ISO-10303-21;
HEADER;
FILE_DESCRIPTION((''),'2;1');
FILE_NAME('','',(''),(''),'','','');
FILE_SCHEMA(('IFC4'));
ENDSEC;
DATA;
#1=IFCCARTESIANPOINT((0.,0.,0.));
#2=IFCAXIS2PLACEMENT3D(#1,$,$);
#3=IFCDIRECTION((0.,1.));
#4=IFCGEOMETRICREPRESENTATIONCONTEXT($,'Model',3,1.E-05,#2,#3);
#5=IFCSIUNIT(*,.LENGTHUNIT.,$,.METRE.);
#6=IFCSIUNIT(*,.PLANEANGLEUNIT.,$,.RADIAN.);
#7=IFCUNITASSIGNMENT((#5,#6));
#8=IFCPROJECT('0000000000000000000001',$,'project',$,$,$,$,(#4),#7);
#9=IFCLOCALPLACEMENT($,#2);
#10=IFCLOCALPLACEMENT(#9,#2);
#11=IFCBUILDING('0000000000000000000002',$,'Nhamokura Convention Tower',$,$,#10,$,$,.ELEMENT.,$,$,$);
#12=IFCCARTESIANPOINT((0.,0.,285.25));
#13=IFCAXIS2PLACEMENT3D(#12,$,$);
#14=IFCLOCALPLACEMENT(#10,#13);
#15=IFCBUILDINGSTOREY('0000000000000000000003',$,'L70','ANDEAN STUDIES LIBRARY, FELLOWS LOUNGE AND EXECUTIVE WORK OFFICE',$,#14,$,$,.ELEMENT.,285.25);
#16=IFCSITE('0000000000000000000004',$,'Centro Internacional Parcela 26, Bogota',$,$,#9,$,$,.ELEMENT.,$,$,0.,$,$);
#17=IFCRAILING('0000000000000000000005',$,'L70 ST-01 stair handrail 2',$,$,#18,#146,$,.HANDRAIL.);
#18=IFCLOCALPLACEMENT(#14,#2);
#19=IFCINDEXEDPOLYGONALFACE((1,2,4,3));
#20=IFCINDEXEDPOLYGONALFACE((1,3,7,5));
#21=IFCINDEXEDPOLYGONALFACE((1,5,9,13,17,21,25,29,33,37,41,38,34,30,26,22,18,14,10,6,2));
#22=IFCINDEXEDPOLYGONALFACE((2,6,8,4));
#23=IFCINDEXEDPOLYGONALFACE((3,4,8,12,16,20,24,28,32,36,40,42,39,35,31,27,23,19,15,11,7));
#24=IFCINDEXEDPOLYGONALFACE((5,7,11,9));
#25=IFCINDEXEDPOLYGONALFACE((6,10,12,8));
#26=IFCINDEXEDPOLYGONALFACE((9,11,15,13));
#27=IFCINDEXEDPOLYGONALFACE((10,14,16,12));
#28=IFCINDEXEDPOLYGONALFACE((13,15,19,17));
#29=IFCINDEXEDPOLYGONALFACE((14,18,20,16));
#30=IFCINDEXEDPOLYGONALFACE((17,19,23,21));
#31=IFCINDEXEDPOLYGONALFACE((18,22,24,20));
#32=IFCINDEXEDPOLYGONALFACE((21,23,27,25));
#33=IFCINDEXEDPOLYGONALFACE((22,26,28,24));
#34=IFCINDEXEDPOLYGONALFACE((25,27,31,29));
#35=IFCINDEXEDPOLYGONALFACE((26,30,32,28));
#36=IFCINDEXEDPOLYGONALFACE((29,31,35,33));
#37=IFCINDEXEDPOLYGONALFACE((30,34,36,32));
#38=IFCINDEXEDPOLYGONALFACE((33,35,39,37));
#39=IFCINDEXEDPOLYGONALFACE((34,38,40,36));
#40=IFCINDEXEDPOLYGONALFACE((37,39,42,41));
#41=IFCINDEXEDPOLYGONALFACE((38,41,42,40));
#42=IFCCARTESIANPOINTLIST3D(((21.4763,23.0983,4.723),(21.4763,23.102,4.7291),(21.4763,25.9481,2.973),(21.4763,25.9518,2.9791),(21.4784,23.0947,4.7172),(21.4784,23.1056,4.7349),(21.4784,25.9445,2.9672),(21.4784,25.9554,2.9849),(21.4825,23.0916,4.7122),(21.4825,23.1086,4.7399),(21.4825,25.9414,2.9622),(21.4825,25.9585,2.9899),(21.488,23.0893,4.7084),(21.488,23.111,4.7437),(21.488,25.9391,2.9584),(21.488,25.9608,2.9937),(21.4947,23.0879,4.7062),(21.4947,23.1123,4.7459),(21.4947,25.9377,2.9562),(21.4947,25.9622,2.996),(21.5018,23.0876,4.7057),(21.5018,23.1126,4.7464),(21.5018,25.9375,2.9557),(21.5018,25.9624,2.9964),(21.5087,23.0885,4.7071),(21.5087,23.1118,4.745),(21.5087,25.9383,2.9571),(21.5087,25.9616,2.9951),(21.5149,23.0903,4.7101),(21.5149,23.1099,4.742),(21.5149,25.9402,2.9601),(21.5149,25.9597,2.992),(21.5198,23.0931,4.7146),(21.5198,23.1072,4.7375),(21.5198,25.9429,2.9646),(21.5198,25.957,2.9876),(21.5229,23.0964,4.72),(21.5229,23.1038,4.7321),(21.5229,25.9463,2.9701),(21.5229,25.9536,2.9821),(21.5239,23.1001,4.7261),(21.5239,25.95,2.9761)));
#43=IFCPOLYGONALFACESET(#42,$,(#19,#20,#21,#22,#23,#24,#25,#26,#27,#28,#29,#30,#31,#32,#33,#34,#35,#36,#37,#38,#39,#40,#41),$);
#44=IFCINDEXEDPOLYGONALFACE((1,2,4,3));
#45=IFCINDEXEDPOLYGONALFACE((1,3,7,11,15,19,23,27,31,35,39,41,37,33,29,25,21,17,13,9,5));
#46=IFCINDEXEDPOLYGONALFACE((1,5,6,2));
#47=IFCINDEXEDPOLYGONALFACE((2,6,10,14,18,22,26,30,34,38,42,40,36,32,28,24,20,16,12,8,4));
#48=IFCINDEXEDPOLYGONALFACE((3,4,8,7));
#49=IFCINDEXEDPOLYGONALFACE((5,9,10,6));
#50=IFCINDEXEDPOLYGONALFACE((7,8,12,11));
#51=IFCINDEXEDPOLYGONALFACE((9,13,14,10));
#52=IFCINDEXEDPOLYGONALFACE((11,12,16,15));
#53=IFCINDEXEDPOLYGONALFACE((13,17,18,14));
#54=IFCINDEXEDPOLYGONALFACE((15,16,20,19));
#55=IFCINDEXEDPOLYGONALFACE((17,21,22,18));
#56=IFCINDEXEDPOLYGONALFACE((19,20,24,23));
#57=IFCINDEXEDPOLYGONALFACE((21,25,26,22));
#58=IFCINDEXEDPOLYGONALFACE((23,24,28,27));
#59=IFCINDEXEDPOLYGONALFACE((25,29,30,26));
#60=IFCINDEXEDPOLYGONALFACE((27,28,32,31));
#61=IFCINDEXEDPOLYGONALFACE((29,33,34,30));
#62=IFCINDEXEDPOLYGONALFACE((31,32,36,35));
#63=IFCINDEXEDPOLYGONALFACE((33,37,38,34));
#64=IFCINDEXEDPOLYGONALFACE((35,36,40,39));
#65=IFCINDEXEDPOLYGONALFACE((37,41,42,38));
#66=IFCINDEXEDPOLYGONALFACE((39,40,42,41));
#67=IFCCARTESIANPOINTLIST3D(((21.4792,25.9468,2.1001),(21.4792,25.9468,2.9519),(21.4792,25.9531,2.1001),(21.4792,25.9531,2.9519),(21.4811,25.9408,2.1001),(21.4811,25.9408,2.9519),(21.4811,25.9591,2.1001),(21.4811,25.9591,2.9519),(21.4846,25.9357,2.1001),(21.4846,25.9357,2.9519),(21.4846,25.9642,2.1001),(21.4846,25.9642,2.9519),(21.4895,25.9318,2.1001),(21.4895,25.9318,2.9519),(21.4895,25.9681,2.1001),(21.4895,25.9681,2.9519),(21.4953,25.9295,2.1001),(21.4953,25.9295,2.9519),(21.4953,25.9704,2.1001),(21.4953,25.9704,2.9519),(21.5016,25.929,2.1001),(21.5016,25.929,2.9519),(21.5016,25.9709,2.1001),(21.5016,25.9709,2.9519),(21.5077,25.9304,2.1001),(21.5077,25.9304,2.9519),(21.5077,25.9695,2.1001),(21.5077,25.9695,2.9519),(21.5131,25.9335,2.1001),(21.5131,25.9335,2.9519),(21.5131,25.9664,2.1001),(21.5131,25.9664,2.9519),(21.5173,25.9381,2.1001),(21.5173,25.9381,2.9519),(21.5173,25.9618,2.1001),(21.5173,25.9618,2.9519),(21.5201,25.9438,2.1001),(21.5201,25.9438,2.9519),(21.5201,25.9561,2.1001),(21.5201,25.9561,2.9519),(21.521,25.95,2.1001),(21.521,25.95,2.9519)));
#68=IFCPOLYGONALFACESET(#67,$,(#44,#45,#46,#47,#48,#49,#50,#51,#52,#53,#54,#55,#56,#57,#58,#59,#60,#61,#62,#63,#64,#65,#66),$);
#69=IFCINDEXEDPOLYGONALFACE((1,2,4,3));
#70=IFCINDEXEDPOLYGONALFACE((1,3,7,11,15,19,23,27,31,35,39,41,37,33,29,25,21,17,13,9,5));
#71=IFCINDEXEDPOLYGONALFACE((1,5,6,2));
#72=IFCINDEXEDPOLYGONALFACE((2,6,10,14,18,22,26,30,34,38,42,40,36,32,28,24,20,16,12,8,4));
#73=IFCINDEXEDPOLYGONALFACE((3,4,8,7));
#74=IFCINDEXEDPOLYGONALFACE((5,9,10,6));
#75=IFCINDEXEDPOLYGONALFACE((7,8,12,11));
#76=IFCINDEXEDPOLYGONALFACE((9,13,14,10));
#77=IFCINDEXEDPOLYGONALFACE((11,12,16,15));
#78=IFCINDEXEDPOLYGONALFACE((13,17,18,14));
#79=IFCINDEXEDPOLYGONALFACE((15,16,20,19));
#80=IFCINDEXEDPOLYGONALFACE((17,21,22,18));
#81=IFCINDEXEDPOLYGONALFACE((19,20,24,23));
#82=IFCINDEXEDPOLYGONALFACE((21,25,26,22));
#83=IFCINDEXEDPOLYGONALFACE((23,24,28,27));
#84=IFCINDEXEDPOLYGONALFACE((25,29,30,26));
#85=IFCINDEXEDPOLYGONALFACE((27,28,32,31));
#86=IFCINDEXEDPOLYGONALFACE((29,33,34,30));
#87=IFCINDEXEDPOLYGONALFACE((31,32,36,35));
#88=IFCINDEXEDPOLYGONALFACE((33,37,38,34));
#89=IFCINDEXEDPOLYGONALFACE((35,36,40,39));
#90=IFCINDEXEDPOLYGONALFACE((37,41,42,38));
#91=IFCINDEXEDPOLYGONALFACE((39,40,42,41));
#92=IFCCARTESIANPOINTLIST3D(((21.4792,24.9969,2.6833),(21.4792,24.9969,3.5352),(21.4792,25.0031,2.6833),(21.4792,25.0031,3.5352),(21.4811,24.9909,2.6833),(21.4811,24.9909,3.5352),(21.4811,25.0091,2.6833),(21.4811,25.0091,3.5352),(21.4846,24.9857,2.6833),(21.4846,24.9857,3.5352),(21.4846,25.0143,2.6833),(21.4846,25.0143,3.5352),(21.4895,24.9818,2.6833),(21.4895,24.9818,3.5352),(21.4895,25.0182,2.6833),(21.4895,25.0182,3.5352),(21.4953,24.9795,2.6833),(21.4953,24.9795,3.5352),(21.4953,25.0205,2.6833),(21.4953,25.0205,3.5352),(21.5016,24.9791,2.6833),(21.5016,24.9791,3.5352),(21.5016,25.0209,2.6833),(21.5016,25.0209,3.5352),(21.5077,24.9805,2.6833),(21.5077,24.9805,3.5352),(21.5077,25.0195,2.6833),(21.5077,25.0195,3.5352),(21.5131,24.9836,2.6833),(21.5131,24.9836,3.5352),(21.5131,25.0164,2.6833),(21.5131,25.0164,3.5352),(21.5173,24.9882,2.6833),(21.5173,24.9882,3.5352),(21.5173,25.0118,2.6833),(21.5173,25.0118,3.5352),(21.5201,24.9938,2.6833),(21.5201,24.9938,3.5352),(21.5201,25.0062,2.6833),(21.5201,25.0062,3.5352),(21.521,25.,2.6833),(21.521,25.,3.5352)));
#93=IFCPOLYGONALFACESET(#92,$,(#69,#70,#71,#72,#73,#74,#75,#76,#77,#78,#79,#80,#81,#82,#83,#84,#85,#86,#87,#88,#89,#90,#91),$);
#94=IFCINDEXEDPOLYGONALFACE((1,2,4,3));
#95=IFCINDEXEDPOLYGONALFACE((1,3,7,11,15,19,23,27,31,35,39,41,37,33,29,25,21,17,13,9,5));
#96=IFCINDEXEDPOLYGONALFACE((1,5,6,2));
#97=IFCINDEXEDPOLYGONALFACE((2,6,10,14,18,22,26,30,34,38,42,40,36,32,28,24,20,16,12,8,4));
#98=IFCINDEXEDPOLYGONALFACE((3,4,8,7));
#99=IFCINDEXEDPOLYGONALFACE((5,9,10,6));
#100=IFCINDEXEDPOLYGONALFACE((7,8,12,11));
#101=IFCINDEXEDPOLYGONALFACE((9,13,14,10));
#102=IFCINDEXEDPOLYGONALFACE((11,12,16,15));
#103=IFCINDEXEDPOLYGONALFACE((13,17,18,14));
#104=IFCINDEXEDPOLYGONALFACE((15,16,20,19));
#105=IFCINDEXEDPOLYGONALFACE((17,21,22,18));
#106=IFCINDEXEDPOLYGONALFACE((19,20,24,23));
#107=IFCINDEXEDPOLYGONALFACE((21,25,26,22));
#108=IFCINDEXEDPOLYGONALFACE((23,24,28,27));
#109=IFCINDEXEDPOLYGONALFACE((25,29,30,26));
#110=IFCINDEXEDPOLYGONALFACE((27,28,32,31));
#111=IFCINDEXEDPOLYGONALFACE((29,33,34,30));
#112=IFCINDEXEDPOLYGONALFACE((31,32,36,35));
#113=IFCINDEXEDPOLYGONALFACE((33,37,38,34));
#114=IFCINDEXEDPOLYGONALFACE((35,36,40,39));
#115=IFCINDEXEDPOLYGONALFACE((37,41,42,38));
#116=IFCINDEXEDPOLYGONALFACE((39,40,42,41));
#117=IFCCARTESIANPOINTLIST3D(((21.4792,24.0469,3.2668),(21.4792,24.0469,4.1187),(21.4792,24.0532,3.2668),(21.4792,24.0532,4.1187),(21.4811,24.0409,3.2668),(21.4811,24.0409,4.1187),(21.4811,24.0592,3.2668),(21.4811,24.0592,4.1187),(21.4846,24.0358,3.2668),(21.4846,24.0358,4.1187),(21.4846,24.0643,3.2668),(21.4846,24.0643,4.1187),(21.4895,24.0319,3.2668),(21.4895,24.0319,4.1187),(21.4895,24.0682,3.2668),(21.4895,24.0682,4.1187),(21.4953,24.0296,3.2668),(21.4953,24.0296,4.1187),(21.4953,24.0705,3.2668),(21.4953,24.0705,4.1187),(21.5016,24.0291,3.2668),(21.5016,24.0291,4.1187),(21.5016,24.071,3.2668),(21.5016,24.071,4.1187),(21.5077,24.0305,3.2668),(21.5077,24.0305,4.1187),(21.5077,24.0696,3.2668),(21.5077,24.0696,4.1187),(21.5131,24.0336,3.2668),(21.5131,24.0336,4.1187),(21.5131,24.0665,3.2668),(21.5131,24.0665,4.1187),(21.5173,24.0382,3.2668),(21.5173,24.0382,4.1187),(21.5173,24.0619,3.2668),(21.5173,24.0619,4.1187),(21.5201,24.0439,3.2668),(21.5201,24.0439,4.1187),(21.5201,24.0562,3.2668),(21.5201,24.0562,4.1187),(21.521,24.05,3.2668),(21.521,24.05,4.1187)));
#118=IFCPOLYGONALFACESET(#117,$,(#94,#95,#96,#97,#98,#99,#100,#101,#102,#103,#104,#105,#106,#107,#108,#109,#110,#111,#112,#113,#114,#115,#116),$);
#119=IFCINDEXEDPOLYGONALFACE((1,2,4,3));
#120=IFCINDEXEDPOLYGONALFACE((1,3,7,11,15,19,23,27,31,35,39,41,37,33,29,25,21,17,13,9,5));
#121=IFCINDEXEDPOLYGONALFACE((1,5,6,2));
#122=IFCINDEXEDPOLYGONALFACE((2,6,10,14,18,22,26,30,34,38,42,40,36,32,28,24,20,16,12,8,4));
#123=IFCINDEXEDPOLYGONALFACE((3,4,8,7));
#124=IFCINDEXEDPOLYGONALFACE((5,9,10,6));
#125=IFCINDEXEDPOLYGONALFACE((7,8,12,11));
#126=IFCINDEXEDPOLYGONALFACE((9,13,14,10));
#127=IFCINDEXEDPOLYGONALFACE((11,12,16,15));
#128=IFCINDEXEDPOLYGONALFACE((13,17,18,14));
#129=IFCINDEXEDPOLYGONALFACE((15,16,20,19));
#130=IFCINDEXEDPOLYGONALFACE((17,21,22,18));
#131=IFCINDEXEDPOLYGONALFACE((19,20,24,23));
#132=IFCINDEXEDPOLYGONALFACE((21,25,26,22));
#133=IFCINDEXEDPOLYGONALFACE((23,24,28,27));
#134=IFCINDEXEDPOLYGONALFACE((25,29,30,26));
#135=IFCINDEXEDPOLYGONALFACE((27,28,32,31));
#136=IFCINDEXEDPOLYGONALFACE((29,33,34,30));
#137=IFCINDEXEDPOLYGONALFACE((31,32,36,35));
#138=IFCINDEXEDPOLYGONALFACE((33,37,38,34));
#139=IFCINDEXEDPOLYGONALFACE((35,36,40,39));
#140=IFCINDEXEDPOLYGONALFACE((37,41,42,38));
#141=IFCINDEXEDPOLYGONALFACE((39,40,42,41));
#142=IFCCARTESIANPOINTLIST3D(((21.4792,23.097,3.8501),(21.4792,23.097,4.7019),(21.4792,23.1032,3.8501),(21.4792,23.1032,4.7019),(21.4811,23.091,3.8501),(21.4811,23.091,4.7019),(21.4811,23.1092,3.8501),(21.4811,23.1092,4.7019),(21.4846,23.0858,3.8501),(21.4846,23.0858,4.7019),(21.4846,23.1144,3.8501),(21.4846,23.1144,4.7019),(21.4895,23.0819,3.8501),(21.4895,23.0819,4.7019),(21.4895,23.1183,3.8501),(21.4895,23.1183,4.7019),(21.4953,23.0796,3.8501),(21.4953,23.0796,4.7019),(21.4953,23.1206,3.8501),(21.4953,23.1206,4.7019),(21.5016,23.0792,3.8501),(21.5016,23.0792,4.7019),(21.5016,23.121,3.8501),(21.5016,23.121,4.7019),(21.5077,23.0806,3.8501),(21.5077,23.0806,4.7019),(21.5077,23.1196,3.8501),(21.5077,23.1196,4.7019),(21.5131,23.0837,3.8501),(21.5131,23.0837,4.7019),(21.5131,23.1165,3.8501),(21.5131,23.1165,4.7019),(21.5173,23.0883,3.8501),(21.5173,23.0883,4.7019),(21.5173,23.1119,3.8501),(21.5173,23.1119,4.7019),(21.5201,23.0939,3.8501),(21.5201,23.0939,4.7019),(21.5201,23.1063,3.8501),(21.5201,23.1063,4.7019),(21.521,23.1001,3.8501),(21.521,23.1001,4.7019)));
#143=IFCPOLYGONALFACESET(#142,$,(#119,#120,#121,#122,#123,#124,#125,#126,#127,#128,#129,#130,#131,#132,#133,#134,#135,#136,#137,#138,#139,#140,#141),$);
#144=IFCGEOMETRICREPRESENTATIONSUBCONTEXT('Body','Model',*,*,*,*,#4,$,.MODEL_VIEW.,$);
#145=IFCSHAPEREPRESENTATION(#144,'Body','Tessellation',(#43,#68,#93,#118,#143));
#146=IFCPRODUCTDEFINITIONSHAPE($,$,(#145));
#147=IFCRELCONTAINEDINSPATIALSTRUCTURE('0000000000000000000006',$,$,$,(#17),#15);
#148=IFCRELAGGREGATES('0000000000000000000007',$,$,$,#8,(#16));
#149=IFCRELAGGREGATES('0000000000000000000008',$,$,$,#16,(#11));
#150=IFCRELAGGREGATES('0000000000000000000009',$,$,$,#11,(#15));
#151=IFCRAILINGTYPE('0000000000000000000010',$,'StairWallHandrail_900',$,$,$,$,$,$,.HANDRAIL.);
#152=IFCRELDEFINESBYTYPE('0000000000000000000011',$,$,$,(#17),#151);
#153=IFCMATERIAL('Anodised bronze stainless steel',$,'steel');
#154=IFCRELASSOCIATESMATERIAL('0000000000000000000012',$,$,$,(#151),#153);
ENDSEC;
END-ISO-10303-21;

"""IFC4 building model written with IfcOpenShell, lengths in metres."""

from ifc_helpers import new_model, si_unit, direction, frame, origin, origin_2d, place, context, subcontext, project, spatial, circle, extrude, material, type_object, element, save


model = new_model("IFC4")

# Units and contexts
model_context = context("Model", 3, precision=1e-05, world=origin(), true_north=direction((0.0, 1.0)))
body_context = subcontext(model_context, "Body", "Model", "MODEL_VIEW")
ifc_project = project(units=[si_unit("LENGTHUNIT", "METRE"), si_unit("PLANEANGLEUNIT", "RADIAN")], contexts=[model_context])

# Site, building, storey
site_placement = place(None, origin())
site = spatial("IfcSite", under=ifc_project, at=site_placement, Name="Centro Internacional Parcela 26, Bogota", CompositionType="ELEMENT", RefElevation=0.0)
building_placement = place(site_placement, origin())
building = spatial("IfcBuilding", under=site, at=building_placement, Name="Nhamokura Convention Tower", CompositionType="ELEMENT")
storey_placement = place(building_placement, frame((0.0, 0.0, 285.25)))
storey = spatial("IfcBuildingStorey", under=building, at=storey_placement, Name="L70", Description="ANDEAN STUDIES LIBRARY, FELLOWS LOUNGE AND EXECUTIVE WORK OFFICE", CompositionType="ELEMENT", Elevation=285.25)

# Railing
ifc_material_1 = material(Name="Anodised bronze stainless steel", Category="steel")
railing_type_1 = type_object("IfcRailingType", Name="StairWallHandrail_900", PredefinedType="HANDRAIL", material=ifc_material_1)
railing_1_placement = place(storey_placement, frame((21.5, 25.95, 2.1001)))
element("IfcRailing", 1, at=railing_1_placement, inside=storey, type_object=railing_type_1, Name="L70 ST-01 stair handrail 2", PredefinedType="HANDRAIL", context=body_context, shape_type="SweptSolid", body=[
    extrude(circle(Radius=0.0239, at=origin_2d()), frame((0.0, 0.0, 0.876), z_axis=(0.0, -0.852159, 0.523283), x_axis=(1.0, 0.0, 0.0)), (0.0, 0.0, 1.0), 3.3442),
    extrude(circle(Radius=0.021, at=origin_2d()), origin(), (0.0, 0.0, 1.0), 0.8518),
    extrude(circle(Radius=0.021, at=origin_2d()), frame((0.0, -0.95, 0.5833)), (0.0, 0.0, 1.0), 0.8518),
    extrude(circle(Radius=0.021, at=origin_2d()), frame((0.0, -1.8999, 1.1667)), (0.0, 0.0, 1.0), 0.8518),
    extrude(circle(Radius=0.021, at=origin_2d()), frame((0.0, -2.8499, 1.75)), (0.0, 0.0, 1.0), 0.8518),
])

save(model, "model.ifc")
